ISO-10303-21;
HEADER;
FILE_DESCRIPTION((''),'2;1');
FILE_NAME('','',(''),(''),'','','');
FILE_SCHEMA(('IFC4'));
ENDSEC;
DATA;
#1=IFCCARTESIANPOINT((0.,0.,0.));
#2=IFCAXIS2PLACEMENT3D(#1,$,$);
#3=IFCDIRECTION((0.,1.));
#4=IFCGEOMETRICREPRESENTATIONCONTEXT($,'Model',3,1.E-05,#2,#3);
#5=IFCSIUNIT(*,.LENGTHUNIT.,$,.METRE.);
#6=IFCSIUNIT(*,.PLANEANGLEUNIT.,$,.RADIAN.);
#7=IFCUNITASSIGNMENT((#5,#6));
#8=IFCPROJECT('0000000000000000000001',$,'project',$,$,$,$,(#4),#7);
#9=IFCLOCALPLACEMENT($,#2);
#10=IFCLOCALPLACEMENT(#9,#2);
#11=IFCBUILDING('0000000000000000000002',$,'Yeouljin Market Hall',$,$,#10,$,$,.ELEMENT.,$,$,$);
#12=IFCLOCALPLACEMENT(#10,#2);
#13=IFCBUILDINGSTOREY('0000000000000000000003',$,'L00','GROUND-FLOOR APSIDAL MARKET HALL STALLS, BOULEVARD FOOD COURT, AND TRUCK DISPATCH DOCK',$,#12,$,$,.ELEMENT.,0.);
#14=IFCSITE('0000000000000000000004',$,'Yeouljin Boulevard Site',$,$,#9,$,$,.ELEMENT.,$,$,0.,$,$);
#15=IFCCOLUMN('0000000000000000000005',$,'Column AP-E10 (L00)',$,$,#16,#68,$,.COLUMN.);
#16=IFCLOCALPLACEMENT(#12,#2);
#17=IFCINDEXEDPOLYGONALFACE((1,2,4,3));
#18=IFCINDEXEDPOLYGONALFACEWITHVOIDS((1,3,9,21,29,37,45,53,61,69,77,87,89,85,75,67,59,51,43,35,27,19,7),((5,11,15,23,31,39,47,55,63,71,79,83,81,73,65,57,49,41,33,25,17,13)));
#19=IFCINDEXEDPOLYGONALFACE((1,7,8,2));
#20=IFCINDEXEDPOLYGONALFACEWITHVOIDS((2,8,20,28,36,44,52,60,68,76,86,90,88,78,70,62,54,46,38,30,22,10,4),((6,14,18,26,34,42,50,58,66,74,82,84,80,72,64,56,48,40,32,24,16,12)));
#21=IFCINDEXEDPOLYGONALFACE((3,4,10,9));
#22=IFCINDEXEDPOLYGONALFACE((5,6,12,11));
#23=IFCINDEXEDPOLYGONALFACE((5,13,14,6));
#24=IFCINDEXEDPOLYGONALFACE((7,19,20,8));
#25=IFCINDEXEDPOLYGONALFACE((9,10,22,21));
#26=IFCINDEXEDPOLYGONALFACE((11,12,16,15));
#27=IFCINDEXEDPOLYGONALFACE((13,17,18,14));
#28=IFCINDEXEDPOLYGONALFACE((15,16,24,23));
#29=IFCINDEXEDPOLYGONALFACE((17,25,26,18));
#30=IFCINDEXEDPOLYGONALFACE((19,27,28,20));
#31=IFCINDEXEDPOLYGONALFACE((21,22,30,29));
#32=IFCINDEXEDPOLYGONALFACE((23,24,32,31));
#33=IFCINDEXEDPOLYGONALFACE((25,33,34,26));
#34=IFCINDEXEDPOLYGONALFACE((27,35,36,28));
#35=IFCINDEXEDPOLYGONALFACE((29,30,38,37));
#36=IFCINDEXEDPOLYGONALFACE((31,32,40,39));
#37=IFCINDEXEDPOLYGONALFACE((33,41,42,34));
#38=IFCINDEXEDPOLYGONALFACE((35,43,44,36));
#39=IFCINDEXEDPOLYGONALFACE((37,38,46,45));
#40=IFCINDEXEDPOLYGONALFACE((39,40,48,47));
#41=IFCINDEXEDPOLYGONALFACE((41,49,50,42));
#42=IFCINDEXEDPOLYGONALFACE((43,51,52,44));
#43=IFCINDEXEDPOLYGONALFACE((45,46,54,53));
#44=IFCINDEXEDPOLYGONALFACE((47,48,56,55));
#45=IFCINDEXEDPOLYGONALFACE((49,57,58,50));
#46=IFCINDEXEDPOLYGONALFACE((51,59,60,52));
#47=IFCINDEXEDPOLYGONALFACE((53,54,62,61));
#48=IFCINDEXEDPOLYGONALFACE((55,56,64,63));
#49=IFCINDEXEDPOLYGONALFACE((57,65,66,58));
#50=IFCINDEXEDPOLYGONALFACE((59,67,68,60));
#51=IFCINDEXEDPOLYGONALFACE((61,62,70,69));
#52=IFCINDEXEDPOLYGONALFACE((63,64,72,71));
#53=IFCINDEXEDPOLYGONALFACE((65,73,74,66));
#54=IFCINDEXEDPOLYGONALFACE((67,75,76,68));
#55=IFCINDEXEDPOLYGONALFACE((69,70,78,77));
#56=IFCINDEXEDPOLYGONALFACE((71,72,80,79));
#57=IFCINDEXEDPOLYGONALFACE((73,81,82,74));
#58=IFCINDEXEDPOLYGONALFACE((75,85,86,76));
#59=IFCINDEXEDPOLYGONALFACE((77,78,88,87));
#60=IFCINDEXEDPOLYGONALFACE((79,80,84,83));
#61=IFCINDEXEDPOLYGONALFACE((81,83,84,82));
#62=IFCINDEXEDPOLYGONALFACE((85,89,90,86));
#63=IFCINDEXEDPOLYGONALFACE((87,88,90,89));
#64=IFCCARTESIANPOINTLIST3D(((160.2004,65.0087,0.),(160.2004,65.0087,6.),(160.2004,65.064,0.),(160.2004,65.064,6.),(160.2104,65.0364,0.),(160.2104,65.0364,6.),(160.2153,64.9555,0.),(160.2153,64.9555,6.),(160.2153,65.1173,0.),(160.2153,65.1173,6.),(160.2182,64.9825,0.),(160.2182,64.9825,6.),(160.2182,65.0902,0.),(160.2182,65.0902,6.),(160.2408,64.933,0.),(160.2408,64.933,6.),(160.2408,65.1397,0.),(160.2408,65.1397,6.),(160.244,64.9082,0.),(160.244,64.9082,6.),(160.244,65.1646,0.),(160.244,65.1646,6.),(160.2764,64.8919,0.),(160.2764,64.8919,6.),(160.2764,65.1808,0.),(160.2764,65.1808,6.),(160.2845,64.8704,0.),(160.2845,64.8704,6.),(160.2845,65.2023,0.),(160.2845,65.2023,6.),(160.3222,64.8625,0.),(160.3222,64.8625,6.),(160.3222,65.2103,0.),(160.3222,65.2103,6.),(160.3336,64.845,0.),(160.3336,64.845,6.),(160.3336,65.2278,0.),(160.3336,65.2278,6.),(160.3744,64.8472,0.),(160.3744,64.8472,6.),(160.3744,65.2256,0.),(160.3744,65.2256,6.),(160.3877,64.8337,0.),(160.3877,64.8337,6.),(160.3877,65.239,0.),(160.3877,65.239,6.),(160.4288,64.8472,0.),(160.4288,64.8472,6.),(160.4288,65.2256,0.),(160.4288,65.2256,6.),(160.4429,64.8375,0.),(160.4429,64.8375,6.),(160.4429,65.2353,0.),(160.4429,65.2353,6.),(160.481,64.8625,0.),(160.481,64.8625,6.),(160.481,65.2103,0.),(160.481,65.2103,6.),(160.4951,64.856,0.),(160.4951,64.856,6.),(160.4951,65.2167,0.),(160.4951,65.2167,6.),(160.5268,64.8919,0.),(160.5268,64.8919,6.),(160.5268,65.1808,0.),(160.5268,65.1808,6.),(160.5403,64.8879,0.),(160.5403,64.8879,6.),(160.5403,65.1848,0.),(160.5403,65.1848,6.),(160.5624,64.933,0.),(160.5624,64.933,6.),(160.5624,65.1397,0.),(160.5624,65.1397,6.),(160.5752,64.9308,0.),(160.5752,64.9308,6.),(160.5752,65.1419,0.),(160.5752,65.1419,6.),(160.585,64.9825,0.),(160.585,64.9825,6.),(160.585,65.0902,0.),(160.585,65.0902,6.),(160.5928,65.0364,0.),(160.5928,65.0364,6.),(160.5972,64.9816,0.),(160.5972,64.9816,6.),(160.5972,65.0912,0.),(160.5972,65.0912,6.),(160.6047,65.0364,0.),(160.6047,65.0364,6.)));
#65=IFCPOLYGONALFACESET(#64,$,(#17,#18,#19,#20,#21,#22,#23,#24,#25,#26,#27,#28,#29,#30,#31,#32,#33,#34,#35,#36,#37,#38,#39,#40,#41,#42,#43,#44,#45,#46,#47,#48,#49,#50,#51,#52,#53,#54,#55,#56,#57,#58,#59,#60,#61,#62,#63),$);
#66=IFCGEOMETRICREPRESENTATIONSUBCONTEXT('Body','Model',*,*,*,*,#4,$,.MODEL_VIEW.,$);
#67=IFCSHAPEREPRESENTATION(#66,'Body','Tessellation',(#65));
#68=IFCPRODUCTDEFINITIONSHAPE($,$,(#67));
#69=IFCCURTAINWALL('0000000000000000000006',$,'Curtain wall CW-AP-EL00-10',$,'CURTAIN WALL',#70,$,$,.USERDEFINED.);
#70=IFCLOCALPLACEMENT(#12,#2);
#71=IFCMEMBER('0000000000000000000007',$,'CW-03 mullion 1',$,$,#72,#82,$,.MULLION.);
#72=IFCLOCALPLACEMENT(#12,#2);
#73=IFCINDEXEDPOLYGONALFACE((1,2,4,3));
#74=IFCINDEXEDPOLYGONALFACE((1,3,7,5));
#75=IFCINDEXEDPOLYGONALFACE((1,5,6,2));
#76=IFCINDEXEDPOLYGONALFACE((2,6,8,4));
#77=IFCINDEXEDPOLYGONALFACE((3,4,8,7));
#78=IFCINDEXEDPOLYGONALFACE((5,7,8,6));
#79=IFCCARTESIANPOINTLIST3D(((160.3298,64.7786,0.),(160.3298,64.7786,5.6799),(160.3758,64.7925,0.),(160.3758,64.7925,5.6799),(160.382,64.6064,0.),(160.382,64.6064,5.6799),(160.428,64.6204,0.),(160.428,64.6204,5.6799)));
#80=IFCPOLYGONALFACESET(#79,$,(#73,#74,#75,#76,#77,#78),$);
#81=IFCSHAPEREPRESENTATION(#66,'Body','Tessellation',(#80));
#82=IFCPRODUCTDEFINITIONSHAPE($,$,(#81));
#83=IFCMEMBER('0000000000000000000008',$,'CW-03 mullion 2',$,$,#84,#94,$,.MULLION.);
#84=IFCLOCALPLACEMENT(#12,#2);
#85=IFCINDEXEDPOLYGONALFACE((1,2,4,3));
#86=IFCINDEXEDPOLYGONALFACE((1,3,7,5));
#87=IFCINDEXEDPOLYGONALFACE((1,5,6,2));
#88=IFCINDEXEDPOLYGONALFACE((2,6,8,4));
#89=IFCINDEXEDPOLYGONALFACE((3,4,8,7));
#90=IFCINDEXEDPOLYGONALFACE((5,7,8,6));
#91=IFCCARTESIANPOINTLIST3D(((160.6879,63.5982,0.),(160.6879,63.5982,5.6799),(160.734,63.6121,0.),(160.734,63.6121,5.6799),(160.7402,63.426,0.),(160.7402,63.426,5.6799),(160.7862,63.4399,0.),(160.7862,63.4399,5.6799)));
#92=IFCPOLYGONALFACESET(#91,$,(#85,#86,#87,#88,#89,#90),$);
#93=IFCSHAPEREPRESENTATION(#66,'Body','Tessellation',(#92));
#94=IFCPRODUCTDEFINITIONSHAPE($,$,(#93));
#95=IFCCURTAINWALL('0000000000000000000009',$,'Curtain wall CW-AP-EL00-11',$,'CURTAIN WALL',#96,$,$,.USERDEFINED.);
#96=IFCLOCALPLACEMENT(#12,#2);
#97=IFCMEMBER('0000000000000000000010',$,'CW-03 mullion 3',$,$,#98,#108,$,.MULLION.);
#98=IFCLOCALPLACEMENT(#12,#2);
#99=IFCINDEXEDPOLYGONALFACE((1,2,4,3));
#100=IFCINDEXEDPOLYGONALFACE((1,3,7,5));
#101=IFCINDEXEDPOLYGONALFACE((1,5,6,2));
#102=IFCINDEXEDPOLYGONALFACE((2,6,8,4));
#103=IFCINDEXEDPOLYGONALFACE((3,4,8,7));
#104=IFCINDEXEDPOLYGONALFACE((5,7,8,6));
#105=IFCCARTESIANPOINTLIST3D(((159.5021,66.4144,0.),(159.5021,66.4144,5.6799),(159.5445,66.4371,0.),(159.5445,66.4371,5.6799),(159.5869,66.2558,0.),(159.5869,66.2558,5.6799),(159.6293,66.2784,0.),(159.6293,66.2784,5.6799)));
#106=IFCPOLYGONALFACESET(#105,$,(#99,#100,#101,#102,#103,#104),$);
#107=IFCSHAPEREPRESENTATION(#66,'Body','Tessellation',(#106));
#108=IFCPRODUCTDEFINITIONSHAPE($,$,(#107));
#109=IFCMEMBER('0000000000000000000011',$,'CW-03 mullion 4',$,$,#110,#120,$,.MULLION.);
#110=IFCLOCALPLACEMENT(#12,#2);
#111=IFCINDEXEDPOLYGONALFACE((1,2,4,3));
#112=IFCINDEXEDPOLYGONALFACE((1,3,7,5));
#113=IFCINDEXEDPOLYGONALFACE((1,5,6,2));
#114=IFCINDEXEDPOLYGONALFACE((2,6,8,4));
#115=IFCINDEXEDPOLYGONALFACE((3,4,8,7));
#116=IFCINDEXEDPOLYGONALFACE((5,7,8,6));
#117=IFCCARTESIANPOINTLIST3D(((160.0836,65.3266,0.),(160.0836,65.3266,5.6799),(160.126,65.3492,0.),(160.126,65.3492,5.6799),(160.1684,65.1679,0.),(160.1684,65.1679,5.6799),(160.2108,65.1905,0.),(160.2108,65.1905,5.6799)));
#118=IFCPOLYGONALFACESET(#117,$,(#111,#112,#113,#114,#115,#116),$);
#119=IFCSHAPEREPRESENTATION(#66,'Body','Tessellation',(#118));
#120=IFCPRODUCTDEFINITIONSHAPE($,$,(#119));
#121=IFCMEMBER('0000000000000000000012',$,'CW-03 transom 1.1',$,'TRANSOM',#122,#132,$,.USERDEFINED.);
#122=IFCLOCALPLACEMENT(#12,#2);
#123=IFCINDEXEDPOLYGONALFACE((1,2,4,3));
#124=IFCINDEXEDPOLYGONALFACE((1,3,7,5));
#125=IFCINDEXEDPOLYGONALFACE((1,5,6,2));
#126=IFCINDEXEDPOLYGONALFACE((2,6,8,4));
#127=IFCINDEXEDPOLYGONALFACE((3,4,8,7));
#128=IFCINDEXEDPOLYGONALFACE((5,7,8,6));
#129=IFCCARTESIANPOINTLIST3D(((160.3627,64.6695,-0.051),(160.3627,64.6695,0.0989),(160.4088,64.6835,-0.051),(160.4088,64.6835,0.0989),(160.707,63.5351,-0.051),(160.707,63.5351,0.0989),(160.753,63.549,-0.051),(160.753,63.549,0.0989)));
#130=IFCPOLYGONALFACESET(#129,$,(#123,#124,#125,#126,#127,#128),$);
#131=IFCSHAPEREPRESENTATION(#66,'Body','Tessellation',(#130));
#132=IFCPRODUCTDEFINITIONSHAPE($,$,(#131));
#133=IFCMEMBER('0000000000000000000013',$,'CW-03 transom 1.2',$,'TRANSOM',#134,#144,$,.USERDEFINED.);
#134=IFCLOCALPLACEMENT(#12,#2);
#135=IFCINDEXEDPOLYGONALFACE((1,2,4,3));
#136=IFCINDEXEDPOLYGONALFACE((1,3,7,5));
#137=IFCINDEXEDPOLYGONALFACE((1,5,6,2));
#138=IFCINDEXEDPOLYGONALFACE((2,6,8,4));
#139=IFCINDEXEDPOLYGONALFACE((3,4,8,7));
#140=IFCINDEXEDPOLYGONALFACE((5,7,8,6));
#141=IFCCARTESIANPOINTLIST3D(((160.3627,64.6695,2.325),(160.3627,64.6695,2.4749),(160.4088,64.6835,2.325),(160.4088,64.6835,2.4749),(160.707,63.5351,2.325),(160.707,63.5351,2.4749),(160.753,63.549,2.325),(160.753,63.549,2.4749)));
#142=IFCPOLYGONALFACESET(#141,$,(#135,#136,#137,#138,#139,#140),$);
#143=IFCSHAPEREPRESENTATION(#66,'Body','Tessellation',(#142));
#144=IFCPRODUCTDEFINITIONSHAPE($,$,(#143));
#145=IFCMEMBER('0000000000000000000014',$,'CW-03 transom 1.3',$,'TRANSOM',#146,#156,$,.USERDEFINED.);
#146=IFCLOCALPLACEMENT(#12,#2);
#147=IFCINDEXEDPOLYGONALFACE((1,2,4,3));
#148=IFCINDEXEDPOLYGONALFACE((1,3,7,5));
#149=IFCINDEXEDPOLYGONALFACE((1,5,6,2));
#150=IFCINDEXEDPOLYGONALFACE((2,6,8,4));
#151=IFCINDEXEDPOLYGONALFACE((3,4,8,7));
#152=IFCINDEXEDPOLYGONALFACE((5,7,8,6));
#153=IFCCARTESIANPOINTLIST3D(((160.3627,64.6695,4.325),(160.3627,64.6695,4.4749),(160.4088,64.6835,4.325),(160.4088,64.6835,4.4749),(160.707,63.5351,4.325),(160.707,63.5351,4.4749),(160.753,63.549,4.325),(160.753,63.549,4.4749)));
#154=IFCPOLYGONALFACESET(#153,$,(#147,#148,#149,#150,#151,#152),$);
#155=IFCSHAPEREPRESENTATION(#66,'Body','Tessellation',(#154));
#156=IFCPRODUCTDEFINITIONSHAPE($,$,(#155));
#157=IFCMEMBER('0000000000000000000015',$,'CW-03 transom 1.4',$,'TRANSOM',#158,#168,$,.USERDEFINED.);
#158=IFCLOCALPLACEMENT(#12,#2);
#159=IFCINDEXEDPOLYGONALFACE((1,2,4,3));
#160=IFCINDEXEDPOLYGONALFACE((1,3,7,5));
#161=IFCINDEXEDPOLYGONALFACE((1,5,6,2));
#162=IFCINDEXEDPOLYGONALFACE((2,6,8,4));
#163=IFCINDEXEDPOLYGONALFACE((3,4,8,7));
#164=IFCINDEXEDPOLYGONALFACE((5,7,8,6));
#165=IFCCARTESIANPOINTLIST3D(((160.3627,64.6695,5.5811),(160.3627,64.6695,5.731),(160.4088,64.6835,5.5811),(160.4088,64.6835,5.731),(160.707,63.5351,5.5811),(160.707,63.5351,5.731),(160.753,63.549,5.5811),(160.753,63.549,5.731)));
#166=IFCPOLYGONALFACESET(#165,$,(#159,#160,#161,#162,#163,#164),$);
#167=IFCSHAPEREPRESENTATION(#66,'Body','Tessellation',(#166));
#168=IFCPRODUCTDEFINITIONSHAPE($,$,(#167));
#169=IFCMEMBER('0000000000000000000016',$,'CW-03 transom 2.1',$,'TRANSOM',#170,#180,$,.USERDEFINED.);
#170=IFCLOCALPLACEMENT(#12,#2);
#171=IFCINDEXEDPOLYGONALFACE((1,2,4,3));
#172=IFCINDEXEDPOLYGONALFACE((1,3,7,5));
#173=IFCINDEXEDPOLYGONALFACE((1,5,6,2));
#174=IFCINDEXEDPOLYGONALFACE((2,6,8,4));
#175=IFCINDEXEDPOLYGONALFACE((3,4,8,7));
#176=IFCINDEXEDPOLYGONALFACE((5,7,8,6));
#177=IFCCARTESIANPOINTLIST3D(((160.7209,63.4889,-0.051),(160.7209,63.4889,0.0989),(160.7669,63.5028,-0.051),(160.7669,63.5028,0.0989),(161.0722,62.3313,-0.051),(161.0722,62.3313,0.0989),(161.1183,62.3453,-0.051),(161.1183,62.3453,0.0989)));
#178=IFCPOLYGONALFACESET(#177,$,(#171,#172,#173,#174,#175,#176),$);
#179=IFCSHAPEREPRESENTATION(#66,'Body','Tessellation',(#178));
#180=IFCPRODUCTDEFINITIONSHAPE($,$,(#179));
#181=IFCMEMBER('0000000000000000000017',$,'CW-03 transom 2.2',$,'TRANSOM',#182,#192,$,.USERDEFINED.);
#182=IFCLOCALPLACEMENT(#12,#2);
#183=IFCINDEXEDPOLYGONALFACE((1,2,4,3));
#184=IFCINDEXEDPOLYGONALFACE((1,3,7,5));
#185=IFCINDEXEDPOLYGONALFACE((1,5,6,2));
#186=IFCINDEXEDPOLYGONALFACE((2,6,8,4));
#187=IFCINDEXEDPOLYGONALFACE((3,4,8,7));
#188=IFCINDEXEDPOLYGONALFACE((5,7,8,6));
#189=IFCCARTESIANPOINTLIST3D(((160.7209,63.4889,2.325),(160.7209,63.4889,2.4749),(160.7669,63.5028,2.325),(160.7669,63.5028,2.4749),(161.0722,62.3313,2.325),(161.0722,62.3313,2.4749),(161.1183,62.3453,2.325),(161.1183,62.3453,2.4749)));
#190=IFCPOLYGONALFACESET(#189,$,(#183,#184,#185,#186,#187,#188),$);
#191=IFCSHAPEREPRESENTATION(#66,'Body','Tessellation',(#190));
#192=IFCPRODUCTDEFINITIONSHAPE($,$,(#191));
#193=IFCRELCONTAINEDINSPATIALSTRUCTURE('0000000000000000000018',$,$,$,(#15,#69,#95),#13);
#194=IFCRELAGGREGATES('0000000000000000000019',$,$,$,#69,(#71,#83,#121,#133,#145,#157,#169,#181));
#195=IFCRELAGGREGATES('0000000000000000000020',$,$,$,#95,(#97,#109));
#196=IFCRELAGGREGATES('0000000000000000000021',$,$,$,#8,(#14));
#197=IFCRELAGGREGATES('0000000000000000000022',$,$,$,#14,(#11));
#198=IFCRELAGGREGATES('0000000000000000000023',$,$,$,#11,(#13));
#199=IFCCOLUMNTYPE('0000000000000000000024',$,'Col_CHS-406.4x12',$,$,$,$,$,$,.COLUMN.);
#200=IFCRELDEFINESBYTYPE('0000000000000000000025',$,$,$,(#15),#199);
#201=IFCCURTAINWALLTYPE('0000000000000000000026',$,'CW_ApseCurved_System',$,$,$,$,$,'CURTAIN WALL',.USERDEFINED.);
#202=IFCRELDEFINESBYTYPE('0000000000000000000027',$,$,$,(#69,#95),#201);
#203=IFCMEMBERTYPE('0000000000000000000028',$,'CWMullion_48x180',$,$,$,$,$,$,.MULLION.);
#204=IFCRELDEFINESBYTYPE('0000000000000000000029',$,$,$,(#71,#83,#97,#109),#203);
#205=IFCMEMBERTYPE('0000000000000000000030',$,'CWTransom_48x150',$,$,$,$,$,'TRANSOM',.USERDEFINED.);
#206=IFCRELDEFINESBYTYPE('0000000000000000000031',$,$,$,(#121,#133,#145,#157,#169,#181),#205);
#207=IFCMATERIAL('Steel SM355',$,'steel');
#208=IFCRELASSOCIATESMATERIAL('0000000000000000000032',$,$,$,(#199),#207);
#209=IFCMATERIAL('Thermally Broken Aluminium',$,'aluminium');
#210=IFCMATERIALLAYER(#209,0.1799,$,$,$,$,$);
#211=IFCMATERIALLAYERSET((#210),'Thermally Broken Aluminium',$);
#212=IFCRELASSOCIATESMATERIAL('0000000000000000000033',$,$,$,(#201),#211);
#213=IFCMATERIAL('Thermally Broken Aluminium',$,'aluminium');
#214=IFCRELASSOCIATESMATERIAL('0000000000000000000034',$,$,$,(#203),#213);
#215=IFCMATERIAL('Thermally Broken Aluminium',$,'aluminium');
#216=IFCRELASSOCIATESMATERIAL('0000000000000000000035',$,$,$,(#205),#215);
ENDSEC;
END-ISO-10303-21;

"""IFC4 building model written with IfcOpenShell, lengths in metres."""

from ifc_helpers import new_model, si_unit, direction, frame, origin, origin_2d, place, context, subcontext, project, spatial, rectangle, hollow_circle, extrude, material, layer, layer_set, material_profile, profile_set, type_object, element, aggregate, save


model = new_model("IFC4")

# Units and contexts
model_context = context("Model", 3, precision=1e-05, world=origin(), true_north=direction((0.0, 1.0)))
body_context = subcontext(model_context, "Body", "Model", "MODEL_VIEW")
ifc_project = project(units=[si_unit("LENGTHUNIT", "METRE"), si_unit("PLANEANGLEUNIT", "RADIAN")], contexts=[model_context])

# Site, building, storey
site_placement = place(None, origin())
site = spatial("IfcSite", under=ifc_project, at=site_placement, Name="Yeouljin Boulevard Site", CompositionType="ELEMENT", RefElevation=0.0)
building_placement = place(site_placement, origin())
building = spatial("IfcBuilding", under=site, at=building_placement, Name="Yeouljin Market Hall", CompositionType="ELEMENT")
storey_placement = place(building_placement, origin())
storey = spatial("IfcBuildingStorey", under=building, at=storey_placement, Name="L00", Description="GROUND-FLOOR APSIDAL MARKET HALL STALLS, BOULEVARD FOOD COURT, AND TRUCK DISPATCH DOCK", CompositionType="ELEMENT", Elevation=0.0)

# Column
ifc_material_1 = material(Name="Steel SM355", Category="steel")
ifc_material_profile_1 = material_profile(ifc_material_1, hollow_circle(Radius=0.2031, WallThickness=0.012, at=origin_2d()), Name="CHS-406.4x12")
ifc_profile_set_1 = profile_set([ifc_material_profile_1], Name="Steel SM355")
column_type = type_object("IfcColumnType", Name="Col_CHS-406.4x12", PredefinedType="COLUMN", material=ifc_profile_set_1)
column_placement = place(storey_placement, frame((160.4016, 65.0364, 0.0), z_axis=(0.0, 0.0, 1.0), x_axis=(1.0, 0.0, 0.0)))
element("IfcColumn", 1, at=column_placement, inside=storey, type_object=column_type, Name="Column AP-E10 (L00)", PredefinedType="COLUMN", context=body_context, shape_type="SweptSolid", body=[
    extrude(hollow_circle(Radius=0.2031, WallThickness=0.012, at=origin_2d()), origin(), (0.0, 0.0, 1.0), 6.0),
])

# Curtain walls, members
ifc_material_2 = material(Name="Thermally Broken Aluminium", Category="aluminium")
ifc_layer_1 = layer(ifc_material_2, 0.1799)
ifc_layer_set_1 = layer_set([ifc_layer_1], Name="Thermally Broken Aluminium")
curtain_wall_type = type_object("IfcCurtainWallType", Name="CW_ApseCurved_System", ElementType="CURTAIN WALL", PredefinedType="USERDEFINED", material=ifc_layer_set_1)
curtain_wall_1_placement = place(storey_placement, origin())
curtain_wall_1 = element("IfcCurtainWall", 2, at=curtain_wall_1_placement, inside=storey, type_object=curtain_wall_type, Name="Curtain wall CW-AP-EL00-10", ObjectType="CURTAIN WALL", PredefinedType="USERDEFINED")
ifc_material_3 = material(Name="Thermally Broken Aluminium", Category="aluminium")
ifc_material_profile_2 = material_profile(ifc_material_3, rectangle(XDim=0.0481, YDim=0.1799, at=origin_2d()), Name="CW-MULL-48x180")
ifc_profile_set_2 = profile_set([ifc_material_profile_2], Name="Thermally Broken Aluminium")
member_type_1 = type_object("IfcMemberType", Name="CWMullion_48x180", PredefinedType="MULLION", material=ifc_profile_set_2)
member_1_placement = place(storey_placement, frame((160.3789, 64.6995, 0.0), z_axis=(0.0, 0.0, 1.0), x_axis=(0.95694, 0.290286, 0.0)))
member_1 = element("IfcMember", 3, at=member_1_placement, type_object=member_type_1, Name="CW-03 mullion 1", PredefinedType="MULLION", context=body_context, shape_type="SweptSolid", body=[
    extrude(rectangle(XDim=0.0481, YDim=0.1799, at=origin_2d()), origin(), (0.0, 0.0, 1.0), 5.6799),
])
member_2_placement = place(storey_placement, frame((160.7371, 63.519, 0.0), z_axis=(0.0, 0.0, 1.0), x_axis=(0.95694, 0.290286, 0.0)))
member_2 = element("IfcMember", 4, at=member_2_placement, type_object=member_type_1, Name="CW-03 mullion 2", PredefinedType="MULLION", context=body_context, shape_type="SweptSolid", body=[
    extrude(rectangle(XDim=0.0481, YDim=0.1799, at=origin_2d()), origin(), (0.0, 0.0, 1.0), 5.6799),
])
curtain_wall_2_placement = place(storey_placement, origin())
curtain_wall_2 = element("IfcCurtainWall", 5, at=curtain_wall_2_placement, inside=storey, type_object=curtain_wall_type, Name="Curtain wall CW-AP-EL00-11", ObjectType="CURTAIN WALL", PredefinedType="USERDEFINED")
member_3_placement = place(storey_placement, frame((159.5657, 66.3464, 0.0), z_axis=(0.0, 0.0, 1.0), x_axis=(0.881931, 0.471378, 0.0)))
member_3 = element("IfcMember", 6, at=member_3_placement, type_object=member_type_1, Name="CW-03 mullion 3", PredefinedType="MULLION", context=body_context, shape_type="SweptSolid", body=[
    extrude(rectangle(XDim=0.0481, YDim=0.1799, at=origin_2d()), origin(), (0.0, 0.0, 1.0), 5.6799),
])
member_4_placement = place(storey_placement, frame((160.1472, 65.2585, 0.0), z_axis=(0.0, 0.0, 1.0), x_axis=(0.881931, 0.471378, 0.0)))
member_4 = element("IfcMember", 7, at=member_4_placement, type_object=member_type_1, Name="CW-03 mullion 4", PredefinedType="MULLION", context=body_context, shape_type="SweptSolid", body=[
    extrude(rectangle(XDim=0.0481, YDim=0.1799, at=origin_2d()), origin(), (0.0, 0.0, 1.0), 5.6799),
])

# Members
ifc_material_4 = material(Name="Thermally Broken Aluminium", Category="aluminium")
ifc_material_profile_3 = material_profile(ifc_material_4, rectangle(XDim=0.0481, YDim=0.1499, at=origin_2d()), Name="CW-TRAN-48x150")
ifc_profile_set_3 = profile_set([ifc_material_profile_3], Name="Thermally Broken Aluminium")
member_type_2 = type_object("IfcMemberType", Name="CWTransom_48x150", ElementType="TRANSOM", PredefinedType="USERDEFINED", material=ifc_profile_set_3)
member_5_placement = place(storey_placement, frame((160.3857, 64.6765, 0.0239), z_axis=(0.29035, -0.95692, 0.0), x_axis=(0.95692, 0.29035, 0.0)))
member_5 = element("IfcMember", 8, at=member_5_placement, type_object=member_type_2, Name="CW-03 transom 1.1", ObjectType="TRANSOM", PredefinedType="USERDEFINED", context=body_context, shape_type="SweptSolid", body=[
    extrude(rectangle(XDim=0.0481, YDim=0.1499, at=origin_2d()), origin(), (0.0, 0.0, 1.0), 1.1855),
])
member_6_placement = place(storey_placement, frame((160.3857, 64.6765, 2.3999), z_axis=(0.29035, -0.95692, 0.0), x_axis=(0.95692, 0.29035, 0.0)))
member_6 = element("IfcMember", 9, at=member_6_placement, type_object=member_type_2, Name="CW-03 transom 1.2", ObjectType="TRANSOM", PredefinedType="USERDEFINED", context=body_context, shape_type="SweptSolid", body=[
    extrude(rectangle(XDim=0.0481, YDim=0.1499, at=origin_2d()), origin(), (0.0, 0.0, 1.0), 1.1855),
])
member_7_placement = place(storey_placement, frame((160.3857, 64.6765, 4.3999), z_axis=(0.29035, -0.95692, 0.0), x_axis=(0.95692, 0.29035, 0.0)))
member_7 = element("IfcMember", 10, at=member_7_placement, type_object=member_type_2, Name="CW-03 transom 1.3", ObjectType="TRANSOM", PredefinedType="USERDEFINED", context=body_context, shape_type="SweptSolid", body=[
    extrude(rectangle(XDim=0.0481, YDim=0.1499, at=origin_2d()), origin(), (0.0, 0.0, 1.0), 1.1855),
])
member_8_placement = place(storey_placement, frame((160.3857, 64.6765, 5.656), z_axis=(0.29035, -0.95692, 0.0), x_axis=(0.95692, 0.29035, 0.0)))
member_8 = element("IfcMember", 11, at=member_8_placement, type_object=member_type_2, Name="CW-03 transom 1.4", ObjectType="TRANSOM", PredefinedType="USERDEFINED", context=body_context, shape_type="SweptSolid", body=[
    extrude(rectangle(XDim=0.0481, YDim=0.1499, at=origin_2d()), origin(), (0.0, 0.0, 1.0), 1.1855),
])
member_9_placement = place(storey_placement, frame((160.7439, 63.4958, 0.0239), z_axis=(0.290439, -0.956894, 0.0), x_axis=(0.956894, 0.290439, 0.0)))
member_9 = element("IfcMember", 12, at=member_9_placement, type_object=member_type_2, Name="CW-03 transom 2.1", ObjectType="TRANSOM", PredefinedType="USERDEFINED", context=body_context, shape_type="SweptSolid", body=[
    extrude(rectangle(XDim=0.0481, YDim=0.1499, at=origin_2d()), origin(), (0.0, 0.0, 1.0), 1.2097),
])
member_10_placement = place(storey_placement, frame((160.7439, 63.4958, 2.3999), z_axis=(0.290439, -0.956894, 0.0), x_axis=(0.956894, 0.290439, 0.0)))
member_10 = element("IfcMember", 13, at=member_10_placement, type_object=member_type_2, Name="CW-03 transom 2.2", ObjectType="TRANSOM", PredefinedType="USERDEFINED", context=body_context, shape_type="SweptSolid", body=[
    extrude(rectangle(XDim=0.0481, YDim=0.1499, at=origin_2d()), origin(), (0.0, 0.0, 1.0), 1.2097),
])

aggregate(curtain_wall_1, [member_1, member_2, member_5, member_6, member_7, member_8, member_9, member_10])
aggregate(curtain_wall_2, [member_3, member_4])

save(model, "model.ifc")
